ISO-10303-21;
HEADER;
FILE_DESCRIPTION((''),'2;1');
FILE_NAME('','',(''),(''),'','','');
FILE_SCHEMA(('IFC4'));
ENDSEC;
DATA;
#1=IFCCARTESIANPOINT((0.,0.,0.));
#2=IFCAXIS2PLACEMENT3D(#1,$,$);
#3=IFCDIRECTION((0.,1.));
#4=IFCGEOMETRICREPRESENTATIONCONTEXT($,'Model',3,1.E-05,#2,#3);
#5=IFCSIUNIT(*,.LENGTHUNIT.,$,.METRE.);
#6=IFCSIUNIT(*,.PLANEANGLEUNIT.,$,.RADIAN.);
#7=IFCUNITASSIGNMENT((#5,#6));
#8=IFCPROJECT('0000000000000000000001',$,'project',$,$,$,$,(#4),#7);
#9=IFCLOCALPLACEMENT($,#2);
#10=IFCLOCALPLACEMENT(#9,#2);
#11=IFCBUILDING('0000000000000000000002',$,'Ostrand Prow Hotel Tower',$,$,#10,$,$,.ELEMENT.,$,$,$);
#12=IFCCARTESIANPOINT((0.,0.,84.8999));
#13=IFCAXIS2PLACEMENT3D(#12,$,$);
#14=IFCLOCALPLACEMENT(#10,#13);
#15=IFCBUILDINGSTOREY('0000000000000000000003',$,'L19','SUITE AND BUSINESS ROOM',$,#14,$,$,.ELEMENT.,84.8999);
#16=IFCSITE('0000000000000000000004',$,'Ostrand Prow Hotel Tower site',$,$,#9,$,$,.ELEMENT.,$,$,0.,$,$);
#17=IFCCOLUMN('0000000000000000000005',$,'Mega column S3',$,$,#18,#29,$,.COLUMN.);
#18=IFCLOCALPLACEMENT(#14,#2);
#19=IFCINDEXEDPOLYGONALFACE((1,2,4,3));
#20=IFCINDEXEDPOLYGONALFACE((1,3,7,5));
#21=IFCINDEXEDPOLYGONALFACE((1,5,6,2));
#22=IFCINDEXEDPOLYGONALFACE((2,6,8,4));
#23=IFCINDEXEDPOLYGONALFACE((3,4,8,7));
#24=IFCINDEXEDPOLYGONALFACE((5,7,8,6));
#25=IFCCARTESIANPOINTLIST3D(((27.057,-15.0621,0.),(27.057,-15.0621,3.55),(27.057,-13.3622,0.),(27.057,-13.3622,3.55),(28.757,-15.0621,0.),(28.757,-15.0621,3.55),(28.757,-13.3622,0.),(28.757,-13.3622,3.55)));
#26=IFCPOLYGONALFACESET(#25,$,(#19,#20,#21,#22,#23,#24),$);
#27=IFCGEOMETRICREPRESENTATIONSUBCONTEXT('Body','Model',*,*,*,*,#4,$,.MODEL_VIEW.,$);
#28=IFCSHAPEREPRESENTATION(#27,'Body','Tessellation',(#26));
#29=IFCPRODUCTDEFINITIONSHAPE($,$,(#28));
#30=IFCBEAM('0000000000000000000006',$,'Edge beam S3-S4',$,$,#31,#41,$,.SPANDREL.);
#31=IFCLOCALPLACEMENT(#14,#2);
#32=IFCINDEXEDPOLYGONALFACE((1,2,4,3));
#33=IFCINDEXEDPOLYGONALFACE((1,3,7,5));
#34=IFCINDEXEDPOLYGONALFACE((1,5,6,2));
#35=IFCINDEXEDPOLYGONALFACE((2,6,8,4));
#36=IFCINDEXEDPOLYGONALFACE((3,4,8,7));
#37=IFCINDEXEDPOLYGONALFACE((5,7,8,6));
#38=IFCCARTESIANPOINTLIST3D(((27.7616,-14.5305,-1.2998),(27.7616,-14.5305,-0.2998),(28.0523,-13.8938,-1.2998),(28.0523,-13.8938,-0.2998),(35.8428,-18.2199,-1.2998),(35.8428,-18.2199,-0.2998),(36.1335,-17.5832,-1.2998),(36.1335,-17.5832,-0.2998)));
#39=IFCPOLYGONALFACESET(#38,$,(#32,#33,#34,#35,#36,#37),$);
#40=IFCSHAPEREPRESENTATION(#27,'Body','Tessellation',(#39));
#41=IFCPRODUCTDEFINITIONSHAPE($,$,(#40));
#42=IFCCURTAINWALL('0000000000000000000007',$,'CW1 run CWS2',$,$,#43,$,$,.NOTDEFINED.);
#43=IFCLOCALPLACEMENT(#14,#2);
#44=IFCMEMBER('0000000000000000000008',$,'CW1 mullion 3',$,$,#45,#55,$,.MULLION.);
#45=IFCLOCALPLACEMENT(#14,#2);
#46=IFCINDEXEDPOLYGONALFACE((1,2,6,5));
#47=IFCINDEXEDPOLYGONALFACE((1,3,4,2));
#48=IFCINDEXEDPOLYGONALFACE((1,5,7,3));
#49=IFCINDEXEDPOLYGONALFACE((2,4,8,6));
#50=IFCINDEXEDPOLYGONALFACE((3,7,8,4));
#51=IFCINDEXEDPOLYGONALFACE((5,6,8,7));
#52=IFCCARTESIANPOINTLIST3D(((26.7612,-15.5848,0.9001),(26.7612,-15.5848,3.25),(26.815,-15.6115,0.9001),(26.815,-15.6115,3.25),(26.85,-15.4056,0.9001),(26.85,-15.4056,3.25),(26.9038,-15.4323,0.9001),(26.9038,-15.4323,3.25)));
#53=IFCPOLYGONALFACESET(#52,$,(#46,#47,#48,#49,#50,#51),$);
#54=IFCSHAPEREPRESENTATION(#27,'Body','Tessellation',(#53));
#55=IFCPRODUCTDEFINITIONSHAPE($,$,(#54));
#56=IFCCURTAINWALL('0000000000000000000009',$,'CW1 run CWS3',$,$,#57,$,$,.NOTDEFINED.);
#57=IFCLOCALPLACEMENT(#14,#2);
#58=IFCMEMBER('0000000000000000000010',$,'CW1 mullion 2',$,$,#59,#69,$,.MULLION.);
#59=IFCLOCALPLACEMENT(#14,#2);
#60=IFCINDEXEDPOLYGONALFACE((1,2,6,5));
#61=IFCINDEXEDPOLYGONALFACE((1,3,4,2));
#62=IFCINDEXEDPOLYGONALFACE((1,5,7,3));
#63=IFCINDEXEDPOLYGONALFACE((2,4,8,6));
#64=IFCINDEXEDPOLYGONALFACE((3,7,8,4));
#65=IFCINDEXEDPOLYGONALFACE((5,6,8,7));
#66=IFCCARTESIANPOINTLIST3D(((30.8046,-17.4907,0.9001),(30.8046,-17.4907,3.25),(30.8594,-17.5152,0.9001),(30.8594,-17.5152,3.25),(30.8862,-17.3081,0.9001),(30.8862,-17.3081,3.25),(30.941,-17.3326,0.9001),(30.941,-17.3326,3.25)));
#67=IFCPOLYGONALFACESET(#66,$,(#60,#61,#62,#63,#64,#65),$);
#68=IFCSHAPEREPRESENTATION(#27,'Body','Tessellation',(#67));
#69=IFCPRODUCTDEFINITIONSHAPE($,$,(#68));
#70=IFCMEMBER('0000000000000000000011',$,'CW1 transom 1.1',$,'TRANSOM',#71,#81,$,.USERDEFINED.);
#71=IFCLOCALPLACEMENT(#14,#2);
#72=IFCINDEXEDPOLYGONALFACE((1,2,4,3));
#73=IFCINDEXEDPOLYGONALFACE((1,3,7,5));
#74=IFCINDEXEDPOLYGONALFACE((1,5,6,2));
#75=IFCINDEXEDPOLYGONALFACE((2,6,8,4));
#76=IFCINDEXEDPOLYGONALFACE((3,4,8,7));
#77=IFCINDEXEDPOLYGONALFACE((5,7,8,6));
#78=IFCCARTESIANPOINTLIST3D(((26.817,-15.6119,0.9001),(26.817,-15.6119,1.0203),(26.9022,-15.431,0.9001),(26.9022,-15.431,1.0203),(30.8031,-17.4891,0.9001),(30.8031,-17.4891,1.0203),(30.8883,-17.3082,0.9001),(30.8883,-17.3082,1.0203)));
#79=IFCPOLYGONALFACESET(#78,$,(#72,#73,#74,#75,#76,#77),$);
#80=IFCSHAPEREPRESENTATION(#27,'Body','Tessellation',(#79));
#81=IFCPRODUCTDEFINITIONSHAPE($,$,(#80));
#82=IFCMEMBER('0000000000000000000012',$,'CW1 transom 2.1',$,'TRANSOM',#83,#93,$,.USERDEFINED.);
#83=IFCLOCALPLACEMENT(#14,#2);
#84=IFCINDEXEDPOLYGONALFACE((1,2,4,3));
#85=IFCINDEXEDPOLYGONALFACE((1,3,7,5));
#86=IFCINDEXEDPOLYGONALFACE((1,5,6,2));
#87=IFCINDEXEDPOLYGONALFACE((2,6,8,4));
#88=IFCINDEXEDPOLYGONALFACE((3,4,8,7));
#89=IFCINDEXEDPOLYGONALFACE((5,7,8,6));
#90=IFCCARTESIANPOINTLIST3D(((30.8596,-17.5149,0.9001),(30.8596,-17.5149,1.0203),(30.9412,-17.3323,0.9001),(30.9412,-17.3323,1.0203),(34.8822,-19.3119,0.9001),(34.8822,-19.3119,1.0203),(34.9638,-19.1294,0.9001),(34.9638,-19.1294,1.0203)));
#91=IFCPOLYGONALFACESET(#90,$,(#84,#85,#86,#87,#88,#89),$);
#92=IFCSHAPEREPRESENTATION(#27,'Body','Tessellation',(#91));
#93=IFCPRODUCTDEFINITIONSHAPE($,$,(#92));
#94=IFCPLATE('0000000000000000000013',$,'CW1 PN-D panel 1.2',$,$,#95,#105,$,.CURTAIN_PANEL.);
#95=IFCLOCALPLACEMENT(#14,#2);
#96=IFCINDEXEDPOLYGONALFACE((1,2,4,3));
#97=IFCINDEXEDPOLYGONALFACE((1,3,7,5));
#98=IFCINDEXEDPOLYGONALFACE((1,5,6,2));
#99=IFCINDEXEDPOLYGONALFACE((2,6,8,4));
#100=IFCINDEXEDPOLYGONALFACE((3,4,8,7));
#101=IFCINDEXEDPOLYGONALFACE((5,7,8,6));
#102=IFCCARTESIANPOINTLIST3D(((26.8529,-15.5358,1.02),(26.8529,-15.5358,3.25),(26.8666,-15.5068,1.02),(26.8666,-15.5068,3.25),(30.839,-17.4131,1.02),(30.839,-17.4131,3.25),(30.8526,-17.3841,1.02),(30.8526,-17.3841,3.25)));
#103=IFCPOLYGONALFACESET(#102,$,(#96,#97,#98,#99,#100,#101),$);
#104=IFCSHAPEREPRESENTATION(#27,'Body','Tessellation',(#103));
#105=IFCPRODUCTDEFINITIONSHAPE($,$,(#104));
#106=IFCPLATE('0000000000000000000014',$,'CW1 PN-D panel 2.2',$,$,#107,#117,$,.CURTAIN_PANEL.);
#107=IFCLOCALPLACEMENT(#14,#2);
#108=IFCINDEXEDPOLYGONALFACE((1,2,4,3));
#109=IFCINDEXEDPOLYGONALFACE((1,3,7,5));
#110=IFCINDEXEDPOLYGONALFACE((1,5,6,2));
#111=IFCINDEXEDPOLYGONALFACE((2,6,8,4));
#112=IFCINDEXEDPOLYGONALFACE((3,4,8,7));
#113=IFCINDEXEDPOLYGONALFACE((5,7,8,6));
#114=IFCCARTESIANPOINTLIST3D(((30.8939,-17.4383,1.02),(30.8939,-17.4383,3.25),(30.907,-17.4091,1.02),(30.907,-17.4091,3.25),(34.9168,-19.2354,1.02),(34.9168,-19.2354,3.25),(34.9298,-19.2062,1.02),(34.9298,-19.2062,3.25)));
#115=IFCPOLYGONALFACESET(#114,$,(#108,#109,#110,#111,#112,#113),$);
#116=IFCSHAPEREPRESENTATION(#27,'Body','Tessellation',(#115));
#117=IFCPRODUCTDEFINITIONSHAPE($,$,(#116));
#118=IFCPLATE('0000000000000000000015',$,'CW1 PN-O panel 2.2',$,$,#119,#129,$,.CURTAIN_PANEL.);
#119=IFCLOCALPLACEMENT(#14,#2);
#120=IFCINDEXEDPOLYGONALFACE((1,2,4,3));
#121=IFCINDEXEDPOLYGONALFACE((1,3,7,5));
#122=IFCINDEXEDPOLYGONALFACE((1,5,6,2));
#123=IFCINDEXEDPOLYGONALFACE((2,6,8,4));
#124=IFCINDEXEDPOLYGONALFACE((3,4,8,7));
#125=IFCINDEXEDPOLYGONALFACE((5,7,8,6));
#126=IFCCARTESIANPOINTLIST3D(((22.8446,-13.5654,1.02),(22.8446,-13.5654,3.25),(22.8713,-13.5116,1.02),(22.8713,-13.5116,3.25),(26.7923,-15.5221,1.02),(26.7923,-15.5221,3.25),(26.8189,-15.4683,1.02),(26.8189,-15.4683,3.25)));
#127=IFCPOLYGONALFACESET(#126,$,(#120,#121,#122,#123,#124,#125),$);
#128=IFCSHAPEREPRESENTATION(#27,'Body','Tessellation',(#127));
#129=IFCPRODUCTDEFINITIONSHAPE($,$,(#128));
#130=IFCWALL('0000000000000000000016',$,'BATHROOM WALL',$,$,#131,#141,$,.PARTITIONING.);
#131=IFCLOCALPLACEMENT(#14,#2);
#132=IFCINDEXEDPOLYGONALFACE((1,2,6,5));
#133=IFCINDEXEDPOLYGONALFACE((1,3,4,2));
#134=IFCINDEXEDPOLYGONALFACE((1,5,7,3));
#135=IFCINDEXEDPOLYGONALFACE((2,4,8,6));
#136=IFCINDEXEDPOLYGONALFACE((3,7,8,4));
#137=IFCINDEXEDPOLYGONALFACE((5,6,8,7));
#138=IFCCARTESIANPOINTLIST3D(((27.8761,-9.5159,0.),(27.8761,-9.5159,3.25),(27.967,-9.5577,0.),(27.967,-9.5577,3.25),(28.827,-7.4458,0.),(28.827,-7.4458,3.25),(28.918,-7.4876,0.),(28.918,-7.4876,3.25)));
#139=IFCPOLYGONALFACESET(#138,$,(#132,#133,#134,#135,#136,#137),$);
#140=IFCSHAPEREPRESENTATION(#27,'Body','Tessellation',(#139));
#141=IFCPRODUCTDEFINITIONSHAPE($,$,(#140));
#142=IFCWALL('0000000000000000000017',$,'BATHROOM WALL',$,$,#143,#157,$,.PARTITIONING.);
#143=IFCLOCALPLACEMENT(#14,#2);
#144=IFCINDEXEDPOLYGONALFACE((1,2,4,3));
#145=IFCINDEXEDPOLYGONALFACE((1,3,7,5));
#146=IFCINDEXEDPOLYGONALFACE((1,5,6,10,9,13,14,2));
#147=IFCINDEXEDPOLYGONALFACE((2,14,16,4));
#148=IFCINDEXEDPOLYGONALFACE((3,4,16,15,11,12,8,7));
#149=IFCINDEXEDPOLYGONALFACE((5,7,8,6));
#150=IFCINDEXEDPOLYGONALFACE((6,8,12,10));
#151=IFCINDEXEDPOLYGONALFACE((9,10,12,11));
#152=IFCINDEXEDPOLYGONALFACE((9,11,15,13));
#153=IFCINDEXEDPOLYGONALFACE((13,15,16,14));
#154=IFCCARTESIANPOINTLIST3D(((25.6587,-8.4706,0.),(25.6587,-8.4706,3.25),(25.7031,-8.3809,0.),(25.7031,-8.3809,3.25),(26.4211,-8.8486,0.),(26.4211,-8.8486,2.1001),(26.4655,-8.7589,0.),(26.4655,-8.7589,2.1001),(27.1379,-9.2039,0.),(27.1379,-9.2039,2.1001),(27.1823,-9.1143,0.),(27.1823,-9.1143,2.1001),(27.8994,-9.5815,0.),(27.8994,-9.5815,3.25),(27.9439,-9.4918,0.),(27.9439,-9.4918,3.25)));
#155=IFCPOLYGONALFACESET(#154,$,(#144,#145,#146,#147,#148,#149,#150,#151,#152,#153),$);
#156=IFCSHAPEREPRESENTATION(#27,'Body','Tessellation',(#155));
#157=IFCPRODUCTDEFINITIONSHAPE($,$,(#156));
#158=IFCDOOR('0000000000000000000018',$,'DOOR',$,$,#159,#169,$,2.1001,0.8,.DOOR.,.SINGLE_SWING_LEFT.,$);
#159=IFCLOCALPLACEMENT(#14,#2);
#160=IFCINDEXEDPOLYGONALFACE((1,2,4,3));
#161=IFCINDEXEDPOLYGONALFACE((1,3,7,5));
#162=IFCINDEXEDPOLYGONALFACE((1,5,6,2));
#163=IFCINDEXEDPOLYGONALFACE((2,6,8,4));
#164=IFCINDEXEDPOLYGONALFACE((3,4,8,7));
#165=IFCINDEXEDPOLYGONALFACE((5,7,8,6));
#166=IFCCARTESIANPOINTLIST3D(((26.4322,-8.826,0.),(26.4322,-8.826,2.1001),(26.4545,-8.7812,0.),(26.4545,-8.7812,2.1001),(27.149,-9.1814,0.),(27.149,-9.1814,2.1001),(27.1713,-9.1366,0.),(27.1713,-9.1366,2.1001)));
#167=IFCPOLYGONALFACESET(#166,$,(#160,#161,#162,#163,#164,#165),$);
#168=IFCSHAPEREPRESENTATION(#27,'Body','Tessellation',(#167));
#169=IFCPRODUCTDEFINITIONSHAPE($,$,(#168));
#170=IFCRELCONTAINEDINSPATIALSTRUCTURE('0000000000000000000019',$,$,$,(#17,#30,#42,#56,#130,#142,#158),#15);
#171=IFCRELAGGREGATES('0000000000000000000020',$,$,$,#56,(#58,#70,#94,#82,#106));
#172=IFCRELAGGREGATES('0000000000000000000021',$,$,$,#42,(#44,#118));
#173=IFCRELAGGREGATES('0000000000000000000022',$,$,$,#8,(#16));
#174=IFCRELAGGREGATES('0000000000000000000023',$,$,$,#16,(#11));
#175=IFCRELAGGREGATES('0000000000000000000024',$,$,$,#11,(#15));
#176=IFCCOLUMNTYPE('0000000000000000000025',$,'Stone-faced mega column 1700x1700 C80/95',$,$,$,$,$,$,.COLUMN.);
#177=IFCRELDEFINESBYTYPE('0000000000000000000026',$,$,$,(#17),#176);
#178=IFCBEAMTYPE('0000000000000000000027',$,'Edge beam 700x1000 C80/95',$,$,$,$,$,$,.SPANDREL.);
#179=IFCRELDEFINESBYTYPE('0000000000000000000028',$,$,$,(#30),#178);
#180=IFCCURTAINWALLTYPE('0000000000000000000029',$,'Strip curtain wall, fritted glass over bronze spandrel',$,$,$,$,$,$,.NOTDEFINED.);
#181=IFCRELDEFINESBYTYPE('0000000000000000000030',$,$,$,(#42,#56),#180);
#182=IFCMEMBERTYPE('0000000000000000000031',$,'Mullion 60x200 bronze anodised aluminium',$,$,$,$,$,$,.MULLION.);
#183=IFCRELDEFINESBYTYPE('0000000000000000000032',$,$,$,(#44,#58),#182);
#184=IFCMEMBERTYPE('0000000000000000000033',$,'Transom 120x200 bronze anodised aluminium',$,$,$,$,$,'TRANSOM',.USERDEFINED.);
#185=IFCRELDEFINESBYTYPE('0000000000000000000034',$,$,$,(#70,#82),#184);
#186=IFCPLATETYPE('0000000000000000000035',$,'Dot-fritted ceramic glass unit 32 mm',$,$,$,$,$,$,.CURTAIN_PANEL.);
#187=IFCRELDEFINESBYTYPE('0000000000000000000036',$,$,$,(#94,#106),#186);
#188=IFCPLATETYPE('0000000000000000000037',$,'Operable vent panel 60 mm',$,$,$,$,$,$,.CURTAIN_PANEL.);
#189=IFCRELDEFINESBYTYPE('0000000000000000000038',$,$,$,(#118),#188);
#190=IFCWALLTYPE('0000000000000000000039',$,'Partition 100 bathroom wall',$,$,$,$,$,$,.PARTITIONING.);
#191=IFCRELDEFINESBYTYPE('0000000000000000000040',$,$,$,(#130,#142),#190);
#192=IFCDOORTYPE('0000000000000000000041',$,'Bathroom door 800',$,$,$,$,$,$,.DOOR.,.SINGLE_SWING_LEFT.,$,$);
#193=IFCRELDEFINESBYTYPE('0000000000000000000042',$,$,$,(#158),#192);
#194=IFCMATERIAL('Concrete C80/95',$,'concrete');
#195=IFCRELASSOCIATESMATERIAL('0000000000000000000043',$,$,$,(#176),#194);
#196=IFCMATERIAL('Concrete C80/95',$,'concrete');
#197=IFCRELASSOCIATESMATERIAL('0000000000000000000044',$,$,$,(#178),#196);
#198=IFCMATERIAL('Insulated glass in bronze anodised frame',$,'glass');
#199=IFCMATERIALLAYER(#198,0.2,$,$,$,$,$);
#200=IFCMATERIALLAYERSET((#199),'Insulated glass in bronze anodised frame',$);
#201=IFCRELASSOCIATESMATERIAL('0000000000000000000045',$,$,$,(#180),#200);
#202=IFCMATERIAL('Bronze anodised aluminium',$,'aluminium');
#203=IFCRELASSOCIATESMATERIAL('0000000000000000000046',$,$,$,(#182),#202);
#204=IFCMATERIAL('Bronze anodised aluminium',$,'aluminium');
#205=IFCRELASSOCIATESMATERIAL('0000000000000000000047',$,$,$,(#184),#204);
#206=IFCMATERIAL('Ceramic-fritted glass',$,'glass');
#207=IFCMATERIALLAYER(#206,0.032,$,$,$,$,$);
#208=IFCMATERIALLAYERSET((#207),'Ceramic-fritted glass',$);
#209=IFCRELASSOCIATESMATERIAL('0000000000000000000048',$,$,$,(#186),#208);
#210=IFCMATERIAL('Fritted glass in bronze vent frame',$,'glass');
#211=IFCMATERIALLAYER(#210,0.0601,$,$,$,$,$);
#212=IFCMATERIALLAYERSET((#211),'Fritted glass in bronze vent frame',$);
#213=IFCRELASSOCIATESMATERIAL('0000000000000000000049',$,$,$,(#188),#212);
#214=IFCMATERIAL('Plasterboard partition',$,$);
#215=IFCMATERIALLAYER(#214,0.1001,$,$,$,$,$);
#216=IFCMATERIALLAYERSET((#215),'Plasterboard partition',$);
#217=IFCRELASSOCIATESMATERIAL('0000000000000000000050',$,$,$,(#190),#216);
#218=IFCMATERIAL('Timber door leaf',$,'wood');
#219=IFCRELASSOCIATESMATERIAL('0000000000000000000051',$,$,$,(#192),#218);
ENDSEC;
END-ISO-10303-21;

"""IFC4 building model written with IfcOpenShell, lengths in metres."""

from ifc_helpers import new_model, si_unit, direction, frame, frame_2d, origin, origin_2d, place, context, subcontext, project, spatial, rectangle, extrude, material, layer, layer_set, material_profile, profile_set, type_object, element, fill, aggregate, save


model = new_model("IFC4")

# Units and contexts
model_context = context("Model", 3, precision=1e-05, world=origin(), true_north=direction((0.0, 1.0)))
body_context = subcontext(model_context, "Body", "Model", "MODEL_VIEW")
ifc_project = project(units=[si_unit("LENGTHUNIT", "METRE"), si_unit("PLANEANGLEUNIT", "RADIAN")], contexts=[model_context])

# Site, building, storey
site_placement = place(None, origin())
site = spatial("IfcSite", under=ifc_project, at=site_placement, Name="Ostrand Prow Hotel Tower site", CompositionType="ELEMENT", RefElevation=0.0)
building_placement = place(site_placement, origin())
building = spatial("IfcBuilding", under=site, at=building_placement, Name="Ostrand Prow Hotel Tower", CompositionType="ELEMENT")
storey_placement = place(building_placement, frame((0.0, 0.0, 84.8999)))
storey = spatial("IfcBuildingStorey", under=building, at=storey_placement, Name="L19", Description="SUITE AND BUSINESS ROOM", CompositionType="ELEMENT", Elevation=84.8999)

# Column
ifc_material_1 = material(Name="Concrete C80/95", Category="concrete")
ifc_material_profile_1 = material_profile(ifc_material_1, rectangle(XDim=1.7, YDim=1.7, at=origin_2d()), Name="RC 1700x1700")
ifc_profile_set_1 = profile_set([ifc_material_profile_1], Name="Concrete C80/95")
column_type = type_object("IfcColumnType", Name="Stone-faced mega column 1700x1700 C80/95", PredefinedType="COLUMN", material=ifc_profile_set_1)
column_placement = place(storey_placement, frame((27.907, -14.2122, 0.0), z_axis=(0.0, 0.0, 1.0), x_axis=(1.0, 0.0, 0.0)))
element("IfcColumn", 1, at=column_placement, inside=storey, type_object=column_type, Name="Mega column S3", PredefinedType="COLUMN", context=body_context, shape_type="SweptSolid", body=[
    extrude(rectangle(XDim=1.7, YDim=1.7, at=origin_2d()), origin(), (0.0, 0.0, 1.0), 3.55),
])

# Beam
ifc_material_2 = material(Name="Concrete C80/95", Category="concrete")
ifc_material_profile_2 = material_profile(ifc_material_2, rectangle(XDim=0.7, YDim=1.0, at=origin_2d()), Name="RC 700x1000")
ifc_profile_set_2 = profile_set([ifc_material_profile_2], Name="Concrete C80/95")
beam_type = type_object("IfcBeamType", Name="Edge beam 700x1000 C80/95", PredefinedType="SPANDREL", material=ifc_profile_set_2)
beam_placement = place(storey_placement, frame((27.907, -14.2122, -0.7998), z_axis=(0.909681, -0.415308, 0.0), x_axis=(0.415308, 0.909681, 0.0)))
element("IfcBeam", 2, at=beam_placement, inside=storey, type_object=beam_type, Name="Edge beam S3-S4", PredefinedType="SPANDREL", context=body_context, shape_type="SweptSolid", body=[
    extrude(rectangle(XDim=0.7, YDim=1.0, at=origin_2d()), origin(), (0.0, 0.0, 1.0), 8.8835),
])

# Curtain wall, member
ifc_material_3 = material(Name="Insulated glass in bronze anodised frame", Category="glass")
ifc_layer_1 = layer(ifc_material_3, 0.2)
ifc_layer_set_1 = layer_set([ifc_layer_1], Name="Insulated glass in bronze anodised frame")
curtain_wall_type = type_object("IfcCurtainWallType", Name="Strip curtain wall, fritted glass over bronze spandrel", PredefinedType="NOTDEFINED", material=ifc_layer_set_1)
curtain_wall_1_placement = place(storey_placement, origin())
curtain_wall_1 = element("IfcCurtainWall", 3, at=curtain_wall_1_placement, inside=storey, type_object=curtain_wall_type, Name="CW1 run CWS2", PredefinedType="NOTDEFINED")
ifc_material_4 = material(Name="Bronze anodised aluminium", Category="aluminium")
ifc_material_profile_3 = material_profile(ifc_material_4, rectangle(XDim=0.2, YDim=0.0601, at=origin_2d()), Name="Mullion 60x200 bronze anodised aluminium")
ifc_profile_set_3 = profile_set([ifc_material_profile_3], Name="Bronze anodised aluminium")
member_type_1 = type_object("IfcMemberType", Name="Mullion 60x200 bronze anodised aluminium", PredefinedType="MULLION", material=ifc_profile_set_3)
member_1_placement = place(storey_placement, frame((26.8325, -15.5085, 0.9001), z_axis=(0.0, 0.0, 1.0), x_axis=(0.444113, 0.895971, 0.0)))
member_1 = element("IfcMember", 4, at=member_1_placement, type_object=member_type_1, Name="CW1 mullion 3", PredefinedType="MULLION", context=body_context, shape_type="SweptSolid", body=[
    extrude(rectangle(XDim=0.2, YDim=0.0601, at=origin_2d()), origin(), (0.0, 0.0, 1.0), 2.3499),
])

# Curtain wall, members, plates
curtain_wall_2_placement = place(storey_placement, origin())
curtain_wall_2 = element("IfcCurtainWall", 5, at=curtain_wall_2_placement, inside=storey, type_object=curtain_wall_type, Name="CW1 run CWS3", PredefinedType="NOTDEFINED")
member_2_placement = place(storey_placement, frame((30.8728, -17.4116, 0.9001), z_axis=(0.0, 0.0, 1.0), x_axis=(0.407875, 0.913038, 0.0)))
member_2 = element("IfcMember", 6, at=member_2_placement, type_object=member_type_1, Name="CW1 mullion 2", PredefinedType="MULLION", context=body_context, shape_type="SweptSolid", body=[
    extrude(rectangle(XDim=0.2, YDim=0.0601, at=origin_2d()), origin(), (0.0, 0.0, 1.0), 2.3499),
])
ifc_material_5 = material(Name="Bronze anodised aluminium", Category="aluminium")
ifc_material_profile_4 = material_profile(ifc_material_5, rectangle(XDim=0.2, YDim=0.1201, at=origin_2d()), Name="Transom 120x200 bronze anodised aluminium")
ifc_profile_set_4 = profile_set([ifc_material_profile_4], Name="Bronze anodised aluminium")
member_type_2 = type_object("IfcMemberType", Name="Transom 120x200 bronze anodised aluminium", ElementType="TRANSOM", PredefinedType="USERDEFINED", material=ifc_profile_set_4)
member_3_placement = place(storey_placement, frame((26.8596, -15.5215, 0.9602), z_axis=(0.904697, -0.426056, 0.0), x_axis=(0.426056, 0.904697, 0.0)))
member_3 = element("IfcMember", 7, at=member_3_placement, type_object=member_type_2, Name="CW1 transom 1.1", ObjectType="TRANSOM", PredefinedType="USERDEFINED", context=body_context, shape_type="SweptSolid", body=[
    extrude(rectangle(XDim=0.2, YDim=0.1201, at=origin_2d()), origin(), (0.0, 0.0, 1.0), 4.406),
])
member_4_placement = place(storey_placement, frame((30.9004, -17.4236, 0.9602), z_axis=(0.913031, -0.407891, 0.0), x_axis=(0.407891, 0.913031, 0.0)))
member_4 = element("IfcMember", 8, at=member_4_placement, type_object=member_type_2, Name="CW1 transom 2.1", ObjectType="TRANSOM", PredefinedType="USERDEFINED", context=body_context, shape_type="SweptSolid", body=[
    extrude(rectangle(XDim=0.2, YDim=0.1201, at=origin_2d()), origin(), (0.0, 0.0, 1.0), 4.4058),
])
ifc_material_6 = material(Name="Ceramic-fritted glass", Category="glass")
ifc_layer_2 = layer(ifc_material_6, 0.032)
ifc_layer_set_2 = layer_set([ifc_layer_2], Name="Ceramic-fritted glass")
plate_type_1 = type_object("IfcPlateType", Name="Dot-fritted ceramic glass unit 32 mm", PredefinedType="CURTAIN_PANEL", material=ifc_layer_set_2)
plate_1_placement = place(storey_placement, frame((28.8528, -16.46, 1.02), z_axis=(0.0, 0.0, 1.0), x_axis=(0.904686, -0.426079, 0.0)))
plate_1 = element("IfcPlate", 9, at=plate_1_placement, type_object=plate_type_1, Name="CW1 PN-D panel 1.2", PredefinedType="CURTAIN_PANEL", context=body_context, shape_type="SweptSolid", body=[
    extrude(rectangle(XDim=4.406, YDim=0.032, at=origin_2d()), origin(), (0.0, 0.0, 1.0), 2.23),
])
plate_2_placement = place(storey_placement, frame((32.9119, -18.3223, 1.02), z_axis=(0.0, 0.0, 1.0), x_axis=(0.913038, -0.407875, 0.0)))
plate_2 = element("IfcPlate", 10, at=plate_2_placement, type_object=plate_type_1, Name="CW1 PN-D panel 2.2", PredefinedType="CURTAIN_PANEL", context=body_context, shape_type="SweptSolid", body=[
    extrude(rectangle(XDim=4.406, YDim=0.032, at=origin_2d()), origin(), (0.0, 0.0, 1.0), 2.23),
])
aggregate(curtain_wall_2, [member_2, member_3, plate_1, member_4, plate_2])

# Plate
ifc_material_7 = material(Name="Fritted glass in bronze vent frame", Category="glass")
ifc_layer_3 = layer(ifc_material_7, 0.0601)
ifc_layer_set_3 = layer_set([ifc_layer_3], Name="Fritted glass in bronze vent frame")
plate_type_2 = type_object("IfcPlateType", Name="Operable vent panel 60 mm", PredefinedType="CURTAIN_PANEL", material=ifc_layer_set_3)
plate_3_placement = place(storey_placement, frame((24.8318, -14.5168, 1.02), z_axis=(0.0, 0.0, 1.0), x_axis=(0.895971, -0.444113, 0.0)))
plate_3 = element("IfcPlate", 11, at=plate_3_placement, type_object=plate_type_2, Name="CW1 PN-O panel 2.2", PredefinedType="CURTAIN_PANEL", context=body_context, shape_type="SweptSolid", body=[
    extrude(rectangle(XDim=4.406, YDim=0.0601, at=origin_2d()), origin(), (0.0, 0.0, 1.0), 2.23),
])
aggregate(curtain_wall_1, [member_1, plate_3])

# Wall
ifc_material_8 = material(Name="Plasterboard partition")
ifc_layer_4 = layer(ifc_material_8, 0.1001)
ifc_layer_set_4 = layer_set([ifc_layer_4], Name="Plasterboard partition")
wall_type_1 = type_object("IfcWallType", Name="Partition 100 bathroom wall", PredefinedType="PARTITIONING", material=ifc_layer_set_4)
wall_1_placement = place(storey_placement, frame((28.8726, -7.4666, 0.0), z_axis=(0.0, 0.0, 1.0), x_axis=(-0.417433, -0.908708, 0.0)))
element("IfcWall", 12, at=wall_1_placement, inside=storey, type_object=wall_type_1, Name="BATHROOM WALL", PredefinedType="PARTITIONING", context=body_context, shape_type="SweptSolid", body=[
    extrude(rectangle(XDim=2.2781, YDim=0.1001, at=frame_2d((1.1392, 0.0))), origin(), (0.0, 0.0, 1.0), 3.25),
])

# Wall, opening, door
wall_2_placement = place(storey_placement, frame((27.9216, -9.5366, 0.0), z_axis=(0.0, 0.0, 1.0), x_axis=(-0.895945, 0.444165, 0.0)))
wall_2 = element("IfcWall", 13, at=wall_2_placement, inside=storey, type_object=wall_type_1, Name="BATHROOM WALL", PredefinedType="PARTITIONING", context=body_context, shape_type="SweptSolid", body=[
    extrude(rectangle(XDim=2.501, YDim=0.1001, at=frame_2d((1.2505, 0.0))), origin(), (0.0, 0.0, 1.0), 3.25),
])
opening_1_placement = place(wall_2_placement, frame((0.8501, 0.0, 0.0)))
opening_1 = element("IfcOpeningElement", 14, at=opening_1_placement, cuts=wall_2, PredefinedType="OPENING", context=body_context, shape_type="SweptSolid", body=[
    extrude(rectangle(XDim=0.8, YDim=2.1001, at=frame_2d((0.3999, 1.05))), frame((0.0, 0.0601, 0.0), z_axis=(0.0, -1.0, 0.0), x_axis=(1.0, 0.0, 0.0)), (0.0, 0.0, 1.0), 0.1201),
])
ifc_material_9 = material(Name="Timber door leaf", Category="wood")
door_type_1 = type_object("IfcDoorType", Name="Bathroom door 800", OperationType="SINGLE_SWING_LEFT", PredefinedType="DOOR", material=ifc_material_9)
door_1_placement = place(opening_1_placement, origin())
door_1 = element("IfcDoor", 15, at=door_1_placement, inside=storey, type_object=door_type_1, Name="DOOR", OperationType="SINGLE_SWING_LEFT", OverallHeight=2.1001, OverallWidth=0.8, PredefinedType="DOOR", context=body_context, shape_type="SweptSolid", body=[
    extrude(rectangle(XDim=0.8, YDim=2.1001, at=frame_2d((0.3999, 1.05))), frame((0.0, 0.0249, 0.0), z_axis=(0.0, -1.0, 0.0), x_axis=(1.0, 0.0, 0.0)), (0.0, 0.0, 1.0), 0.05),
])
fill(opening_1, door_1)

save(model, "model.ifc")
